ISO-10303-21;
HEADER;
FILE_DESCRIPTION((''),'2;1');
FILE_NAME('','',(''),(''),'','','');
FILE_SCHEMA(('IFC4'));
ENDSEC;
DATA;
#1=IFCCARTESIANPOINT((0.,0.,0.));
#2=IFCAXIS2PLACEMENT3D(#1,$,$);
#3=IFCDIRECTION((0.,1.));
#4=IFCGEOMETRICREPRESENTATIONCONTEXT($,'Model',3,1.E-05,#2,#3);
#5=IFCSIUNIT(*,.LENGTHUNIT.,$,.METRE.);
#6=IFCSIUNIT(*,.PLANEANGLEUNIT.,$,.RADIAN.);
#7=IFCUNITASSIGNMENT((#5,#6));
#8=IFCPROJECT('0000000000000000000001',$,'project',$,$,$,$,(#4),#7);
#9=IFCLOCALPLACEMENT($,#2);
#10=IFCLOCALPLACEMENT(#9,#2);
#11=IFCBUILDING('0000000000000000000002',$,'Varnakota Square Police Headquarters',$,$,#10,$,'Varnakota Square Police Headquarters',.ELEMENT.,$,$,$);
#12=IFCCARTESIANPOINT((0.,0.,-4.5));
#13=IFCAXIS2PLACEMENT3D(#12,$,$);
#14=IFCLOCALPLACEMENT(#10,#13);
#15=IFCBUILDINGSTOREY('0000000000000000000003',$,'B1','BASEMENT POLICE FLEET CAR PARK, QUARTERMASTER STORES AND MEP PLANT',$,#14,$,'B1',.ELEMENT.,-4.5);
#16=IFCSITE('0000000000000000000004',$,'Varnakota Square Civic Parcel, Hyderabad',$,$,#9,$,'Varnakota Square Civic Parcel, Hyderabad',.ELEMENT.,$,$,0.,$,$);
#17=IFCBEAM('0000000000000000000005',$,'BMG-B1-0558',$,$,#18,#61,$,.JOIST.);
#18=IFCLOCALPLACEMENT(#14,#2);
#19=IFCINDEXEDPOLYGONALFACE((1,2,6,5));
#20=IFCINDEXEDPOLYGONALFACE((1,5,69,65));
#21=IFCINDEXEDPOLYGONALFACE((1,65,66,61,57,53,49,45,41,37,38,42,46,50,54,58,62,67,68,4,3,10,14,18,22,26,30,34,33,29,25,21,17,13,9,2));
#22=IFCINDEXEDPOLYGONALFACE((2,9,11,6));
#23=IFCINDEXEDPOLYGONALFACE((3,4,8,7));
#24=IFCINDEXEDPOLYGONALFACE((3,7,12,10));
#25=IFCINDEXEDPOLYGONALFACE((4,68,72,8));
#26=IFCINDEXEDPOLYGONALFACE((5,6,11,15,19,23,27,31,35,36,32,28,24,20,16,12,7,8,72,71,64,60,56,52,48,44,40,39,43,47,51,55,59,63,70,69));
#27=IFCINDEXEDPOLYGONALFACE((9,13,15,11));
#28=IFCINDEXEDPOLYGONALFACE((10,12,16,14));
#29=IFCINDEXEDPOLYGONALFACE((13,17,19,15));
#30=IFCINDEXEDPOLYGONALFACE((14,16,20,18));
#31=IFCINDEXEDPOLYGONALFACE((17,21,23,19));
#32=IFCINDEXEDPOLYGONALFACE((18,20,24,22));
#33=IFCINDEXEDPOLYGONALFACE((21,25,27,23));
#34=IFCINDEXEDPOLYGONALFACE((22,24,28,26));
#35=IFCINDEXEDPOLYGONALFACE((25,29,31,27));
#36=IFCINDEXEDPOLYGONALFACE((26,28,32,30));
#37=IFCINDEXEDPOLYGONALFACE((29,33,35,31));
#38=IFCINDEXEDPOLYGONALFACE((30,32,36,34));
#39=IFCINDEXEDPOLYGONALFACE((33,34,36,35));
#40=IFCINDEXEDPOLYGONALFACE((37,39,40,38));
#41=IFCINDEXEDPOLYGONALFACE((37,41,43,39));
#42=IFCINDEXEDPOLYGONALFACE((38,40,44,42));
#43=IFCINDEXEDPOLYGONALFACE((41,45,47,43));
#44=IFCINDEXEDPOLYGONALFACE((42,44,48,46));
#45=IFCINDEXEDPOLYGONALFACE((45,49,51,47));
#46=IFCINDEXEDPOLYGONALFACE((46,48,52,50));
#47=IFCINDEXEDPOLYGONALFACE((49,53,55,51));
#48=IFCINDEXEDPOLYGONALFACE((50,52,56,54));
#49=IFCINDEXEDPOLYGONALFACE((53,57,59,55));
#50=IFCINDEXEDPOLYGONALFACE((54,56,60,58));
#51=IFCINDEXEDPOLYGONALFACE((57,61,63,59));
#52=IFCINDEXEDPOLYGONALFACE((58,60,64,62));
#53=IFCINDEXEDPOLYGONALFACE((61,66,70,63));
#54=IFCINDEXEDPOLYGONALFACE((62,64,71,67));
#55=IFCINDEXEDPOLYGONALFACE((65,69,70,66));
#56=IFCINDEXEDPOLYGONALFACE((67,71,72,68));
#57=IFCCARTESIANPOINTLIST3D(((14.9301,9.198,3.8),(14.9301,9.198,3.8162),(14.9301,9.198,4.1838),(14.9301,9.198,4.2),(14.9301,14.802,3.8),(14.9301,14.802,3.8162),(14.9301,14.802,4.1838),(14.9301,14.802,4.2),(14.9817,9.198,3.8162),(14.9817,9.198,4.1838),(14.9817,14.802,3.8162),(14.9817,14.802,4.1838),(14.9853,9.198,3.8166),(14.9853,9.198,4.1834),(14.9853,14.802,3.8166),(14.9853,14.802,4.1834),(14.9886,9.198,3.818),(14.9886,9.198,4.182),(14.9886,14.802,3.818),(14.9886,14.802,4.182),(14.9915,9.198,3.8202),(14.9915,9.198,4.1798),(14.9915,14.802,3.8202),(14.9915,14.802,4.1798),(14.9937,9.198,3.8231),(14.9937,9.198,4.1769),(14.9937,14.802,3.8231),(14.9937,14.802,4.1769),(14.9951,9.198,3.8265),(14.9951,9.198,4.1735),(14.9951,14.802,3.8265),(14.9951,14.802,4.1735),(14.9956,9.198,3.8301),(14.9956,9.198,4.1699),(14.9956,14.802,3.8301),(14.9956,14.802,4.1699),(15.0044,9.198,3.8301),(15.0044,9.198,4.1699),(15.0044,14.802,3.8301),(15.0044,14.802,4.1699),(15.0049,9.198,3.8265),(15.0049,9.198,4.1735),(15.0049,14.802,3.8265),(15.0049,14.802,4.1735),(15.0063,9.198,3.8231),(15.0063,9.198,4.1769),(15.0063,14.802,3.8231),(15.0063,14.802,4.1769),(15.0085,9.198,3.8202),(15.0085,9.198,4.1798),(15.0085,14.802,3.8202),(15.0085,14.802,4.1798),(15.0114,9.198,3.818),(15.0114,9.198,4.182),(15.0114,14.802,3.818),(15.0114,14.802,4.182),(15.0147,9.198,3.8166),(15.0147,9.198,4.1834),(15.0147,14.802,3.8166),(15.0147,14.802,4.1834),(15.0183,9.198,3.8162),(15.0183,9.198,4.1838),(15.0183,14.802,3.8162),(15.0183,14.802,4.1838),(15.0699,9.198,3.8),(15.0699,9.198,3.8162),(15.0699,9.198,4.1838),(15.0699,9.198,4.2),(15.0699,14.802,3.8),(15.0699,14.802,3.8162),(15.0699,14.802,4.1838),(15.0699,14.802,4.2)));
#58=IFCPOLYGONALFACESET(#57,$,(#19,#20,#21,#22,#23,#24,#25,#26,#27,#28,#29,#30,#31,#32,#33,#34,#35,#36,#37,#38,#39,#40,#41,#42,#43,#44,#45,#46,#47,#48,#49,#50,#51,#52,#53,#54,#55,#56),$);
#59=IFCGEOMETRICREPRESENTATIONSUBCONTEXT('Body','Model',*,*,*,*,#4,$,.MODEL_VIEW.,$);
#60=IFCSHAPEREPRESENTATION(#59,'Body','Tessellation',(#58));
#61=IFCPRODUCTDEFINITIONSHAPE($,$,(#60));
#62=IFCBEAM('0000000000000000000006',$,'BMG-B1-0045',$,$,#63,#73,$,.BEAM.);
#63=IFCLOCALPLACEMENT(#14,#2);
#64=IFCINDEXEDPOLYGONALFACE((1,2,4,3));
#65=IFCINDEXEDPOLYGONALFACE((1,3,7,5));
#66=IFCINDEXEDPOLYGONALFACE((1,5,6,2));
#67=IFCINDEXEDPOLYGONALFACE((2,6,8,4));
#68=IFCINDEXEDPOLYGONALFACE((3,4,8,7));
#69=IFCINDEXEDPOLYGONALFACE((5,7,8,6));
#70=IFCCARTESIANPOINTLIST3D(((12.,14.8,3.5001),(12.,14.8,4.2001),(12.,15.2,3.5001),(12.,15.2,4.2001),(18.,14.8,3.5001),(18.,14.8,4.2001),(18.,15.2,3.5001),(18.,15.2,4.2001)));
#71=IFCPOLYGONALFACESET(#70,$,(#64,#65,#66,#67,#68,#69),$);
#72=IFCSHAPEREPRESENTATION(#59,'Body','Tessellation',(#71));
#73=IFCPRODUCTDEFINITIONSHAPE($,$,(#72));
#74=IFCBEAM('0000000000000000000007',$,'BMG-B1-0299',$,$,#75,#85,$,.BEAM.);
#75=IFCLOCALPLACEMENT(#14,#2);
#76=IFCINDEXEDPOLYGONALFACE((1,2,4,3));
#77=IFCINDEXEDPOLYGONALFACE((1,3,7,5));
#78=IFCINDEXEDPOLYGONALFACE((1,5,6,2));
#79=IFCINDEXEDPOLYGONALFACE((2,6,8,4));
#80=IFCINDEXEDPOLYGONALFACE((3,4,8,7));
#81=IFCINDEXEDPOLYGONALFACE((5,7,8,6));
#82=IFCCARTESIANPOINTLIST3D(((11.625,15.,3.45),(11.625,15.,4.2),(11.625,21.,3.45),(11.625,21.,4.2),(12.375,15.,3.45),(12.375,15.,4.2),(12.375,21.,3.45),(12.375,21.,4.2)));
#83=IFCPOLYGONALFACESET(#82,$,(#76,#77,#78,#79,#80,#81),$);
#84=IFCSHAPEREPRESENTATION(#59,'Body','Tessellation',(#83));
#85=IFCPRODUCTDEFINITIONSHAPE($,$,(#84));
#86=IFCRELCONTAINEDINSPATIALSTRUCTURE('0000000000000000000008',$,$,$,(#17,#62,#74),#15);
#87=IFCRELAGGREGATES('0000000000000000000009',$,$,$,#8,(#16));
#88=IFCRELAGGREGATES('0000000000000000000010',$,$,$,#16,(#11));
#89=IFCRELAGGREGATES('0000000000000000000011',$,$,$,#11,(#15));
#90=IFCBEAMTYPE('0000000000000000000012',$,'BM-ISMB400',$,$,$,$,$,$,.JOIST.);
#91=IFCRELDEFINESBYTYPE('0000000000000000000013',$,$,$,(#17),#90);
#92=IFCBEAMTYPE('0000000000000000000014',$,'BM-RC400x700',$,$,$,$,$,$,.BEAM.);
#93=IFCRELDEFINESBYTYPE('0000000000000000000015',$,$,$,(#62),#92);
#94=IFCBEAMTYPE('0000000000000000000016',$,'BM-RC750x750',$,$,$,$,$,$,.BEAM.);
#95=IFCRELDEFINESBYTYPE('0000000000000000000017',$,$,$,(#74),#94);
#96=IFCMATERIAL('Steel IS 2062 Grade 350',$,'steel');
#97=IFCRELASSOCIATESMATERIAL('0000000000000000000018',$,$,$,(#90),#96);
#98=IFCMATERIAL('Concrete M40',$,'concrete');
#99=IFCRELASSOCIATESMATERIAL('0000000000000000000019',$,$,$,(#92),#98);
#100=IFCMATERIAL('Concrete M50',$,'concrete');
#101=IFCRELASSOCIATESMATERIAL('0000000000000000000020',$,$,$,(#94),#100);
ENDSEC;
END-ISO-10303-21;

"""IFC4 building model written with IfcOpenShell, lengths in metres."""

from ifc_helpers import new_model, si_unit, direction, frame, origin, origin_2d, place, context, subcontext, project, spatial, rectangle, i_section, extrude, material, material_profile, profile_set, type_object, element, save


model = new_model("IFC4")

# Units and contexts
model_context = context("Model", 3, precision=1e-05, world=origin(), true_north=direction((0.0, 1.0)))
body_context = subcontext(model_context, "Body", "Model", "MODEL_VIEW")
ifc_project = project(units=[si_unit("LENGTHUNIT", "METRE"), si_unit("PLANEANGLEUNIT", "RADIAN")], contexts=[model_context])

# Site, building, storey
site_placement = place(None, origin())
site = spatial("IfcSite", under=ifc_project, at=site_placement, Name="Varnakota Square Civic Parcel, Hyderabad", LongName="Varnakota Square Civic Parcel, Hyderabad", CompositionType="ELEMENT", RefElevation=0.0)
building_placement = place(site_placement, origin())
building = spatial("IfcBuilding", under=site, at=building_placement, Name="Varnakota Square Police Headquarters", LongName="Varnakota Square Police Headquarters", CompositionType="ELEMENT")
storey_placement = place(building_placement, frame((0.0, 0.0, -4.5)))
storey = spatial("IfcBuildingStorey", under=building, at=storey_placement, Name="B1", Description="BASEMENT POLICE FLEET CAR PARK, QUARTERMASTER STORES AND MEP PLANT", LongName="B1", CompositionType="ELEMENT", Elevation=-4.5)

# Shared definitions
ifc_material_1 = material(Name="Concrete M40", Category="concrete")

# Shared definitions
ifc_material_2 = material(Name="Concrete M50", Category="concrete")

# Beams
ifc_material_3 = material(Name="Steel IS 2062 Grade 350", Category="steel")
ifc_material_profile_1 = material_profile(ifc_material_3, i_section(OverallWidth=0.1399, OverallDepth=0.3999, WebThickness=0.0088, FlangeThickness=0.0161, FilletRadius=0.0139, at=origin_2d()), Name="ISMB 400")
ifc_profile_set_1 = profile_set([ifc_material_profile_1], Name="Steel IS 2062 Grade 350")
beam_type_1 = type_object("IfcBeamType", Name="BM-ISMB400", PredefinedType="JOIST", material=ifc_profile_set_1)
beam_1_placement = place(storey_placement, frame((15.0, 9.198, 4.0), z_axis=(0.0, 1.0, 0.0), x_axis=(-1.0, 0.0, 0.0)))
element("IfcBeam", 1, at=beam_1_placement, inside=storey, type_object=beam_type_1, Name="BMG-B1-0558", PredefinedType="JOIST", context=body_context, shape_type="SweptSolid", body=[
    extrude(i_section(OverallWidth=0.1399, OverallDepth=0.3999, WebThickness=0.0088, FlangeThickness=0.0161, FilletRadius=0.0139, at=origin_2d()), origin(), (0.0, 0.0, 1.0), 5.604),
])
ifc_material_profile_2 = material_profile(ifc_material_1, rectangle(XDim=0.3999, YDim=0.7, at=origin_2d()), Name="RC 400x700")
ifc_profile_set_2 = profile_set([ifc_material_profile_2], Name="Concrete M40")
beam_type_2 = type_object("IfcBeamType", Name="BM-RC400x700", PredefinedType="BEAM", material=ifc_profile_set_2)
beam_2_placement = place(storey_placement, frame((12.0, 15.0, 3.8501), z_axis=(1.0, 0.0, 0.0), x_axis=(0.0, 1.0, 0.0)))
element("IfcBeam", 2, at=beam_2_placement, inside=storey, type_object=beam_type_2, Name="BMG-B1-0045", PredefinedType="BEAM", context=body_context, shape_type="SweptSolid", body=[
    extrude(rectangle(XDim=0.3999, YDim=0.7, at=origin_2d()), origin(), (0.0, 0.0, 1.0), 6.0),
])
ifc_material_profile_3 = material_profile(ifc_material_2, rectangle(XDim=0.75, YDim=0.75, at=origin_2d()), Name="RC 750x750")
ifc_profile_set_3 = profile_set([ifc_material_profile_3], Name="Concrete M50")
beam_type_3 = type_object("IfcBeamType", Name="BM-RC750x750", PredefinedType="BEAM", material=ifc_profile_set_3)
beam_3_placement = place(storey_placement, frame((12.0, 15.0, 3.825), z_axis=(0.0, 1.0, 0.0), x_axis=(-1.0, 0.0, 0.0)))
element("IfcBeam", 3, at=beam_3_placement, inside=storey, type_object=beam_type_3, Name="BMG-B1-0299", PredefinedType="BEAM", context=body_context, shape_type="SweptSolid", body=[
    extrude(rectangle(XDim=0.75, YDim=0.75, at=origin_2d()), origin(), (0.0, 0.0, 1.0), 6.0),
])

save(model, "model.ifc")
